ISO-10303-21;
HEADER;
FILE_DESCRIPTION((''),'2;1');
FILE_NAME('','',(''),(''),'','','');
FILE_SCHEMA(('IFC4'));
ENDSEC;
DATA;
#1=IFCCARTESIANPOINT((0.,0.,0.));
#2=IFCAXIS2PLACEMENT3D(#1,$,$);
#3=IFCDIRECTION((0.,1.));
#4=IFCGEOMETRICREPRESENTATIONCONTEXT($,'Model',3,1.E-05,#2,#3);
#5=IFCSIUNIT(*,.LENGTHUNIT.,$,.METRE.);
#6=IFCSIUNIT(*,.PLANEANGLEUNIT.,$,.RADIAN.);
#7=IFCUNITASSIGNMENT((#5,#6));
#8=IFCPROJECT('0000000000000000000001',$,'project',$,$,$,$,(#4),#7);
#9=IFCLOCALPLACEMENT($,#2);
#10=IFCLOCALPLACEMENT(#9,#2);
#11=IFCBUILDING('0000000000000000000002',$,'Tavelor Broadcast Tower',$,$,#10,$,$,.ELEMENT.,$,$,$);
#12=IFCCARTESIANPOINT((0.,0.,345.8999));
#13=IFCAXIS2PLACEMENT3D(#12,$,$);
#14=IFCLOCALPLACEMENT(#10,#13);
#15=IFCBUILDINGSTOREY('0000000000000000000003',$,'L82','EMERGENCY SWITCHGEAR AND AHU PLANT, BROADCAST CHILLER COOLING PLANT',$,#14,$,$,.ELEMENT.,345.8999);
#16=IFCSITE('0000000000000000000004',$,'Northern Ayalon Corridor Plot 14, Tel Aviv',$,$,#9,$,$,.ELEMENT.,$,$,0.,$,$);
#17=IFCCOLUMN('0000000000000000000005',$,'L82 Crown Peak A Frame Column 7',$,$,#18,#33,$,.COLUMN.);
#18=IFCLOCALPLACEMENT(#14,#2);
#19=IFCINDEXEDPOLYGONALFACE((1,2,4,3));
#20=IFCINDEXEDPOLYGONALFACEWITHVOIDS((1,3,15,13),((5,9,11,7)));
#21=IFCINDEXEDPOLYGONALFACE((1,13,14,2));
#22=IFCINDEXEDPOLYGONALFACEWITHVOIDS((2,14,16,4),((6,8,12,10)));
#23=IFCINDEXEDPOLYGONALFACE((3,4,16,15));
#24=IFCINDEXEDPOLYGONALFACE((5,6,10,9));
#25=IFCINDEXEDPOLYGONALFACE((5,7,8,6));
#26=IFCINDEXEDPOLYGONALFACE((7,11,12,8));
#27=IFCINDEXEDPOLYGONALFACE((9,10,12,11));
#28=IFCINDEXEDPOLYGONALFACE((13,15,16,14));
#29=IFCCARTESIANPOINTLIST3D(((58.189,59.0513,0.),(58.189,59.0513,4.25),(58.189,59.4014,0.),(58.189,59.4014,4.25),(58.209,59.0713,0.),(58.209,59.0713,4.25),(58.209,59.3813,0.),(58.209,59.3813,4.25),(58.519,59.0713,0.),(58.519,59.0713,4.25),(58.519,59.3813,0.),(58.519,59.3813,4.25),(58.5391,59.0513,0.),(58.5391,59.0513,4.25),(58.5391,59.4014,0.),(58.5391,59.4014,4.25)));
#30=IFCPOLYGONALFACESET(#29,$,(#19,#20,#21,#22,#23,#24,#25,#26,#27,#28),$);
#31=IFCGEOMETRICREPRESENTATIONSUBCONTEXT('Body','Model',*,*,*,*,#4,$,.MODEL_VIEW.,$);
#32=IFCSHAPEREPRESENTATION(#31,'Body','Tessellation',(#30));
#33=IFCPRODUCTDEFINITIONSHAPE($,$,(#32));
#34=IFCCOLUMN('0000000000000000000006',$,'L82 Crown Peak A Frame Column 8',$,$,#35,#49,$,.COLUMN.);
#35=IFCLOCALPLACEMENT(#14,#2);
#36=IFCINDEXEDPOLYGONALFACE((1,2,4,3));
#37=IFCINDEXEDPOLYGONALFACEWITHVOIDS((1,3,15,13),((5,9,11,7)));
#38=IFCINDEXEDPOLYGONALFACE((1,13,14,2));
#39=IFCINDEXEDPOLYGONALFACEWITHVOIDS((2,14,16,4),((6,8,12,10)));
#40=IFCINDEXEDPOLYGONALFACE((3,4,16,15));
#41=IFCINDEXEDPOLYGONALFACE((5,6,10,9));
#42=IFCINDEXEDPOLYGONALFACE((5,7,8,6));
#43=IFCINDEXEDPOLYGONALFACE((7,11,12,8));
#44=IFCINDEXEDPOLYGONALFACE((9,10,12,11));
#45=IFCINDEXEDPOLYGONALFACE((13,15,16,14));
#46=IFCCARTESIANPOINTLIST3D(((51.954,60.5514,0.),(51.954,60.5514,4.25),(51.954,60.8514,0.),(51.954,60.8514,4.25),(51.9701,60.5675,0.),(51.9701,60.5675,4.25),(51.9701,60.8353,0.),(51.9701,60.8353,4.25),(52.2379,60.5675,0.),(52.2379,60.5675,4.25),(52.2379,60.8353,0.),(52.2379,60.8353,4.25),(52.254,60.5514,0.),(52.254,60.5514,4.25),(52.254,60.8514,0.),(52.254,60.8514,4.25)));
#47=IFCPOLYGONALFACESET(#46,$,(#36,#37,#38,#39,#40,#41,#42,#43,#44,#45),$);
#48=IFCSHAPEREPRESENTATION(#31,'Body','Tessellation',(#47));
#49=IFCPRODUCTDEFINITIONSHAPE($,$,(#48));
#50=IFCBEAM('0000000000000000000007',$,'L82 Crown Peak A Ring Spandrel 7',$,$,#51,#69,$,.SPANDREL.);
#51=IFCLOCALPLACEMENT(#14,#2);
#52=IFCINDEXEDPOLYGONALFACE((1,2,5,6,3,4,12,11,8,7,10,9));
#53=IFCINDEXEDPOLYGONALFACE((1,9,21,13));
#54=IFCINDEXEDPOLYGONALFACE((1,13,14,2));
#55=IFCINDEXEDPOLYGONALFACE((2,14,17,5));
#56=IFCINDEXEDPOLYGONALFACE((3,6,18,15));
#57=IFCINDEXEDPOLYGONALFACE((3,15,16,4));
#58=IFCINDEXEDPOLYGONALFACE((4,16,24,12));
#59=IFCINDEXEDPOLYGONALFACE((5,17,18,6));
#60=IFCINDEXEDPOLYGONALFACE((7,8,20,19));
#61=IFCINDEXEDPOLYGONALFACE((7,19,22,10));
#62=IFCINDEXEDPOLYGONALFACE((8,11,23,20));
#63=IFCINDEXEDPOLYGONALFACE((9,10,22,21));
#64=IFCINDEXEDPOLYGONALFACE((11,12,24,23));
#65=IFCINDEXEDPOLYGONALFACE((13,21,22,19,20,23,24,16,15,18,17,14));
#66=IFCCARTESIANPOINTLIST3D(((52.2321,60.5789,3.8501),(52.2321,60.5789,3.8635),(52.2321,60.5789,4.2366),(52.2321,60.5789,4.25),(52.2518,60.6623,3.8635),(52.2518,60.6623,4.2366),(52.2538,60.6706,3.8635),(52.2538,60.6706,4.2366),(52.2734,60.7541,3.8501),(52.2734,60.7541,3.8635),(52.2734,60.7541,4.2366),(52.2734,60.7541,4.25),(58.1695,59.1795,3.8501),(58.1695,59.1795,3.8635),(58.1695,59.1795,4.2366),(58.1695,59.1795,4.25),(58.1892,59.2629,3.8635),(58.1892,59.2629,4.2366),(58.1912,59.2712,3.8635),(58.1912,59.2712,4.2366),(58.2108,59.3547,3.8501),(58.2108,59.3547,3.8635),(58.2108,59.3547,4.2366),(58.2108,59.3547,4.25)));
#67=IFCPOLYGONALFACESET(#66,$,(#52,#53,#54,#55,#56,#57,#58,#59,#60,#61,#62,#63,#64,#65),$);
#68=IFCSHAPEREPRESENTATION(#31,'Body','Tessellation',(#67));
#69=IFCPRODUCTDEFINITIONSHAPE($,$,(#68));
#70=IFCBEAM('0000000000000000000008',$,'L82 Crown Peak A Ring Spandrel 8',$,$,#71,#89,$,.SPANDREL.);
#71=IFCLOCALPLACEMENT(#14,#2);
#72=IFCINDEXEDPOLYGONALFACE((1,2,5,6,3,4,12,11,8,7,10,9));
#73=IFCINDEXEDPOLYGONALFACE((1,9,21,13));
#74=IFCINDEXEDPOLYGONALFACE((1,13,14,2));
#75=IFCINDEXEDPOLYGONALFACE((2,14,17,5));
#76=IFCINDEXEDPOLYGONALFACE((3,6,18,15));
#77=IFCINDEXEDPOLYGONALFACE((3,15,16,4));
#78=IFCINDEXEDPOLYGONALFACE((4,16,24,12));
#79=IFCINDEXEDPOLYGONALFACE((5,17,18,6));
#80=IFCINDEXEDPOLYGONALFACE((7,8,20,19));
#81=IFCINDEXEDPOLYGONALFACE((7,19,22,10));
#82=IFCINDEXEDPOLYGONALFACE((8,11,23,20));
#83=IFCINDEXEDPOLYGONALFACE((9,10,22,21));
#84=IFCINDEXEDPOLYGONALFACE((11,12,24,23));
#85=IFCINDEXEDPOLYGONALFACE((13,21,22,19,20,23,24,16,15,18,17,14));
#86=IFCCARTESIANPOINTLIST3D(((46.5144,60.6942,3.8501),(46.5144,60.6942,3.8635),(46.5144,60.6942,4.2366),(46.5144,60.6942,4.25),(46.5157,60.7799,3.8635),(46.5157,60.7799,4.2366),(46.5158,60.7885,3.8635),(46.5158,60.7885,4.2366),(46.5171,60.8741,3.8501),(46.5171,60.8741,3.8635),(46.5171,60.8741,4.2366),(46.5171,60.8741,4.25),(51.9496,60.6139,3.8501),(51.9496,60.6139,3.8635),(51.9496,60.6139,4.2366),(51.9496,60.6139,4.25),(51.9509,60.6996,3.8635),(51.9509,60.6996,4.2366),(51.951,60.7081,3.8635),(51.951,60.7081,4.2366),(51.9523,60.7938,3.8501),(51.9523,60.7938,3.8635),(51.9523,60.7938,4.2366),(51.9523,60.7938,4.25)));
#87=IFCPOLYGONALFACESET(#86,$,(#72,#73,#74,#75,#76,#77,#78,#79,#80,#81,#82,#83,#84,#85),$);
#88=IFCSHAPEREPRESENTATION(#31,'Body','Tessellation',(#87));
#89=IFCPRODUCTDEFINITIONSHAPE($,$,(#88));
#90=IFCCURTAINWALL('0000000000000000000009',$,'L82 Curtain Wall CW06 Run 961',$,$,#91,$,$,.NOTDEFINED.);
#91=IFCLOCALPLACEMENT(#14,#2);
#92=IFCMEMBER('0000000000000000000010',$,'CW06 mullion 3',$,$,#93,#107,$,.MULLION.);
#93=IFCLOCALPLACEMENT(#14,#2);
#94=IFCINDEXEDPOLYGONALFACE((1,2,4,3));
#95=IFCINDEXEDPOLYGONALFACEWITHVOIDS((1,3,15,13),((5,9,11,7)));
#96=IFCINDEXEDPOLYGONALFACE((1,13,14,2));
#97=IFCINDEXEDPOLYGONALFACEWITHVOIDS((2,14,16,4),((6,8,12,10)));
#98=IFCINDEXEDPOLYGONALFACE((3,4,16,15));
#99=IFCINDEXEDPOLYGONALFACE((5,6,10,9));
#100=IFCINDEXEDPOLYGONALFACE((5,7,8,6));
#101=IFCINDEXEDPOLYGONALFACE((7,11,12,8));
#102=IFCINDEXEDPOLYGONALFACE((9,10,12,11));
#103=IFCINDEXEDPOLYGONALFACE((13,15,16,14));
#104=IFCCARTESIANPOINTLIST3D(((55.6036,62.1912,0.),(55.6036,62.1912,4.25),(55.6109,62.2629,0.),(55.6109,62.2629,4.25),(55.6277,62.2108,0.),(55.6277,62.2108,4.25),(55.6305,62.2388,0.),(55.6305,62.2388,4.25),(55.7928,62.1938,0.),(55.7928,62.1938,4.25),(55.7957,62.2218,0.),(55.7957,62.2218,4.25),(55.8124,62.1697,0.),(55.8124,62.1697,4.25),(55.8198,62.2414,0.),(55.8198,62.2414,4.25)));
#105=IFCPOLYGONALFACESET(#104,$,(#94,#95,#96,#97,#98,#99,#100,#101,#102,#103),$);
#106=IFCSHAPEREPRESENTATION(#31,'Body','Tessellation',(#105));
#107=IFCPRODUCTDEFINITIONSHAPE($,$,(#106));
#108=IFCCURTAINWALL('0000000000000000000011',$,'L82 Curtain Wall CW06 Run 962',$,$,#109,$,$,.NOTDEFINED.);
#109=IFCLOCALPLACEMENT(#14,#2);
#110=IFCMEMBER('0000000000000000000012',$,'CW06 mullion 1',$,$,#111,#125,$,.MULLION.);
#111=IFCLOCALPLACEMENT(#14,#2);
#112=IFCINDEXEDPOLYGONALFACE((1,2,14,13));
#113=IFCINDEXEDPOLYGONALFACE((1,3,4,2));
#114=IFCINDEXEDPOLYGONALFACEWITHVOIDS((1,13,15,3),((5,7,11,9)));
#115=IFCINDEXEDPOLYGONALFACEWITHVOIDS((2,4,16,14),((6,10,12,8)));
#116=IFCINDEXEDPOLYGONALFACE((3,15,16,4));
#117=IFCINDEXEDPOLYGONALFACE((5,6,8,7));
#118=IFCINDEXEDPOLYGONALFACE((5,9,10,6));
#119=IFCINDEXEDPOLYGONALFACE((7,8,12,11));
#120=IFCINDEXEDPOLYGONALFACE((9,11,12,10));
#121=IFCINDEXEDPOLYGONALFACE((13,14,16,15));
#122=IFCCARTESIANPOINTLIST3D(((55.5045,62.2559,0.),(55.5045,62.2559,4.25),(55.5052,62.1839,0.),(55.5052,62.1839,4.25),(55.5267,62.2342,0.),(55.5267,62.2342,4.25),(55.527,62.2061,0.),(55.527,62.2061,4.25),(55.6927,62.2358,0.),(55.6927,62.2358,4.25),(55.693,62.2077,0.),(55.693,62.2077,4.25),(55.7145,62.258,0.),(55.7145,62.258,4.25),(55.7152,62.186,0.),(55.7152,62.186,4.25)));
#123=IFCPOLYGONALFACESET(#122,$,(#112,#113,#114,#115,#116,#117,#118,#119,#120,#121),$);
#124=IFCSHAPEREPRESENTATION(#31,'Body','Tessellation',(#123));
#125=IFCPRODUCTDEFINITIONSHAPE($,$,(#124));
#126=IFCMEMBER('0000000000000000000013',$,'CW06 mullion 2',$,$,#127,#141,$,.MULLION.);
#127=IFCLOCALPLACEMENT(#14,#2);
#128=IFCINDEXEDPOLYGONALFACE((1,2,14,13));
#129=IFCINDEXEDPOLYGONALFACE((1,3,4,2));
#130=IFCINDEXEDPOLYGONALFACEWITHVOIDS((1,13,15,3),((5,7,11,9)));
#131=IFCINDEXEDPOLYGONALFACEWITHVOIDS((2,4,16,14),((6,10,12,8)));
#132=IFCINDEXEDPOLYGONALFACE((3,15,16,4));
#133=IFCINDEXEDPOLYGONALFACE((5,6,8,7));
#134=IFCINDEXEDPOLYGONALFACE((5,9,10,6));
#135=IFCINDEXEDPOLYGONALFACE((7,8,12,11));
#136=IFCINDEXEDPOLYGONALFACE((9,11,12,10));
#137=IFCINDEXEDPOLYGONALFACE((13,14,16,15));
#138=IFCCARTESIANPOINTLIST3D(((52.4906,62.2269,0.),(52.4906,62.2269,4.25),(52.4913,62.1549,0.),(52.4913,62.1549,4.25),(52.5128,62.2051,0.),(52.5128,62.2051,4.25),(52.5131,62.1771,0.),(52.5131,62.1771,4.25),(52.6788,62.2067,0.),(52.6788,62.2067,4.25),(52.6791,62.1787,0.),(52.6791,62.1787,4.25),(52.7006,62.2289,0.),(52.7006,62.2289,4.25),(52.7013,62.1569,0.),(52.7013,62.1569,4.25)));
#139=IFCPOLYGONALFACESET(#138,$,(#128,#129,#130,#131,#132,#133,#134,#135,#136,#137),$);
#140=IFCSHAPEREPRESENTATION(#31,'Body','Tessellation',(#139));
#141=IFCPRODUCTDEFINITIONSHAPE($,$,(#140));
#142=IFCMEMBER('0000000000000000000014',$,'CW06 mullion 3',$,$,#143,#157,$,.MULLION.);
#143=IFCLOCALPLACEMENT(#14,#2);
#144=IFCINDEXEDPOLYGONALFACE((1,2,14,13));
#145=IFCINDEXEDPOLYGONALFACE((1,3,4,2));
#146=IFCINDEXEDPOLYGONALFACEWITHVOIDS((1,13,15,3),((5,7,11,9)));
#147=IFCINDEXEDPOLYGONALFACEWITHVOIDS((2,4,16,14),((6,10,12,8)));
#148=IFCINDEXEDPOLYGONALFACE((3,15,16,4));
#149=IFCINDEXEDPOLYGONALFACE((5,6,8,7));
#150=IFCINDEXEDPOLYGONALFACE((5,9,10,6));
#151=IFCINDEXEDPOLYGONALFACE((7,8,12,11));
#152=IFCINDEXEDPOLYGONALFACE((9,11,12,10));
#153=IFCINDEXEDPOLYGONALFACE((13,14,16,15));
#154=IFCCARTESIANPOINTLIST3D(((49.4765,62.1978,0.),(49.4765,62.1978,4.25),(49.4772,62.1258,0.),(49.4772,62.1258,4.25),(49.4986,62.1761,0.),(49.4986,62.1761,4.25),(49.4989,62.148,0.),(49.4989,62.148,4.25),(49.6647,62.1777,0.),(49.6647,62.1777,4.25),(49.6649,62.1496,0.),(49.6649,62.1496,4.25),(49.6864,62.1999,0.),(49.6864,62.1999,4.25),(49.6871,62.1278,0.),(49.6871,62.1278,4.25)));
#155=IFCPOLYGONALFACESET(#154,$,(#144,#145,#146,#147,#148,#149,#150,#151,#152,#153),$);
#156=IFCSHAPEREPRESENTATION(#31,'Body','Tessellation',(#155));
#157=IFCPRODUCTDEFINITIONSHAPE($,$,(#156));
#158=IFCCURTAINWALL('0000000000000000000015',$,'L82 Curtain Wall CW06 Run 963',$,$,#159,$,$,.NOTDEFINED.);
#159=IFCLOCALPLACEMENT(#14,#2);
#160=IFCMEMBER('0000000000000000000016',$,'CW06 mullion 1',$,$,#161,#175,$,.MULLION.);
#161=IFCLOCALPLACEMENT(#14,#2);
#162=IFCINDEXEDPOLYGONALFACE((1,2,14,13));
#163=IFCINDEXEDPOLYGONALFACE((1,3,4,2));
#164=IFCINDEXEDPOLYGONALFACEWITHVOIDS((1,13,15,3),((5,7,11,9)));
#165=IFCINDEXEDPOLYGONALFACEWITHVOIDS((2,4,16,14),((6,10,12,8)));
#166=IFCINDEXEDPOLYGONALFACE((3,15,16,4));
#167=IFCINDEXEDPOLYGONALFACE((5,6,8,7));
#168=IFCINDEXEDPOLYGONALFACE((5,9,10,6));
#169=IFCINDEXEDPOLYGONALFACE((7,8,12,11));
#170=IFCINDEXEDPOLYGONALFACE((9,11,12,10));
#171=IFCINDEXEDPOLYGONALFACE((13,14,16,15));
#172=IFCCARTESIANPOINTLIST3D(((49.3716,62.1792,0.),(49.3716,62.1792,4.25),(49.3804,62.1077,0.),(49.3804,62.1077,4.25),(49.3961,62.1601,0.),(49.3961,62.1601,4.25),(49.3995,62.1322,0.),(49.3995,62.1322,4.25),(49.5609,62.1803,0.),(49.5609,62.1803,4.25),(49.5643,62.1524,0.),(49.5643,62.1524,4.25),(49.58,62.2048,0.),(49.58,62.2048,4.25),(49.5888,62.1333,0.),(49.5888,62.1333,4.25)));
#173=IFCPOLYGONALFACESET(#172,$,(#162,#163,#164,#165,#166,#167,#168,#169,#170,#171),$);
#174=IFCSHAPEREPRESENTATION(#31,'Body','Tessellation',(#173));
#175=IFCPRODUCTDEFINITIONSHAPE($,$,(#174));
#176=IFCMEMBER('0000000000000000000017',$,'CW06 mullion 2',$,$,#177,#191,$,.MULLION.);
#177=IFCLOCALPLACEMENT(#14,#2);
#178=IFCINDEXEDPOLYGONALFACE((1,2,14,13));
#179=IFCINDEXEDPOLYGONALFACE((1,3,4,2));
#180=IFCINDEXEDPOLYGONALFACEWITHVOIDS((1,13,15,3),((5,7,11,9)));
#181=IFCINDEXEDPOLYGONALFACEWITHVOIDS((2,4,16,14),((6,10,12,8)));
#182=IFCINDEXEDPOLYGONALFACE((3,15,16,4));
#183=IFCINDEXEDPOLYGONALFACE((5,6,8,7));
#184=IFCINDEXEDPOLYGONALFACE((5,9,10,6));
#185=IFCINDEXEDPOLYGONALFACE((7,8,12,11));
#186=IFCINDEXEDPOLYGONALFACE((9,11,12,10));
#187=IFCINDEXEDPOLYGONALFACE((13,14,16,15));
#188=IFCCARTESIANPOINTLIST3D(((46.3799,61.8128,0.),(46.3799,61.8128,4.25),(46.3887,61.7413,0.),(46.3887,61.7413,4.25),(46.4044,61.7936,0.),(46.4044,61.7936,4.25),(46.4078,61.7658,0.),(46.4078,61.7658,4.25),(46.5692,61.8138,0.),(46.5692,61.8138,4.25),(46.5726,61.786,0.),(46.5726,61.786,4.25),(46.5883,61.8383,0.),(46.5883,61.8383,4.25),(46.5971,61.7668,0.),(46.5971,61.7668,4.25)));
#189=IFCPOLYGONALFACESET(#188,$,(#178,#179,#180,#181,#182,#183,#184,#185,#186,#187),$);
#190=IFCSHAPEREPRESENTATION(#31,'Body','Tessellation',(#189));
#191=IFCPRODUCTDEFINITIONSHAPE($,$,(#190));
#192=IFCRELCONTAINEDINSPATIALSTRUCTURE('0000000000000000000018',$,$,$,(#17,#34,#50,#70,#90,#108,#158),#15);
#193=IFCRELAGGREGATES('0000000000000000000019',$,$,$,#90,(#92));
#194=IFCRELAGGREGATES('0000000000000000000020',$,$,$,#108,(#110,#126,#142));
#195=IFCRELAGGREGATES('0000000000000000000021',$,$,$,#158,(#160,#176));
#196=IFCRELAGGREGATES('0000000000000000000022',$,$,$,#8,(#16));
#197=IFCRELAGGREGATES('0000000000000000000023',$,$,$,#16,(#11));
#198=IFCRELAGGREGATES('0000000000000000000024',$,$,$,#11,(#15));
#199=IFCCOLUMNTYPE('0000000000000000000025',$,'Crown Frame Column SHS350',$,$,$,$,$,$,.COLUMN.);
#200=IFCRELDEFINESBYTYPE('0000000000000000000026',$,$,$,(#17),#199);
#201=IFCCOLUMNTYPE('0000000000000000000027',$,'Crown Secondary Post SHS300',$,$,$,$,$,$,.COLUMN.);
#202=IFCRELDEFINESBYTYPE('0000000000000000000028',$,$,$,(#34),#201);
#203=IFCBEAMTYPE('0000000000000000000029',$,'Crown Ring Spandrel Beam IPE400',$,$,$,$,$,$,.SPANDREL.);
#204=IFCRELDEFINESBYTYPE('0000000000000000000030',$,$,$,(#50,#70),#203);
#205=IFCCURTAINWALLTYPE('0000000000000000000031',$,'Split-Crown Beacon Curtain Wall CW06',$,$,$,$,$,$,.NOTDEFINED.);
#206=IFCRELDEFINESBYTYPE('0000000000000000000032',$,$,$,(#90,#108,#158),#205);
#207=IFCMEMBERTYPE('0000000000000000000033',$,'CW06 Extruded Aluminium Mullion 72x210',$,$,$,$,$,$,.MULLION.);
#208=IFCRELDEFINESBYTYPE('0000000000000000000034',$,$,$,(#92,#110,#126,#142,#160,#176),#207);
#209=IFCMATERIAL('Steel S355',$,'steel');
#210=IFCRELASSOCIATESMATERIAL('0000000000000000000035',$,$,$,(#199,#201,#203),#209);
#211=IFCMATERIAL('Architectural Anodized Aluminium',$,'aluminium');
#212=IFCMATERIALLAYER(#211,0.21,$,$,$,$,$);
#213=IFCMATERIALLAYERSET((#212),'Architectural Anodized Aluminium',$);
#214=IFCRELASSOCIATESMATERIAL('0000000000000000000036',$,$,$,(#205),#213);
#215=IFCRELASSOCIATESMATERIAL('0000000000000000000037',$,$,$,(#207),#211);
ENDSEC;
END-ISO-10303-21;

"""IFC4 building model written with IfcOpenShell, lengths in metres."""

from ifc_helpers import new_model, si_unit, direction, frame, origin, origin_2d, place, context, subcontext, project, spatial, hollow_rectangle, i_section, extrude, source, transform, mapped, material, layer, layer_set, material_profile, profile_set, type_object, type_shapes, element, aggregate, save


model = new_model("IFC4")

# Units and contexts
model_context = context("Model", 3, precision=1e-05, world=origin(), true_north=direction((0.0, 1.0)))
body_context = subcontext(model_context, "Body", "Model", "MODEL_VIEW")
ifc_project = project(units=[si_unit("LENGTHUNIT", "METRE"), si_unit("PLANEANGLEUNIT", "RADIAN")], contexts=[model_context])

# Site, building, storey
site_placement = place(None, origin())
site = spatial("IfcSite", under=ifc_project, at=site_placement, Name="Northern Ayalon Corridor Plot 14, Tel Aviv", CompositionType="ELEMENT", RefElevation=0.0)
building_placement = place(site_placement, origin())
building = spatial("IfcBuilding", under=site, at=building_placement, Name="Tavelor Broadcast Tower", CompositionType="ELEMENT")
storey_placement = place(building_placement, frame((0.0, 0.0, 345.8999)))
storey = spatial("IfcBuildingStorey", under=building, at=storey_placement, Name="L82", Description="EMERGENCY SWITCHGEAR AND AHU PLANT, BROADCAST CHILLER COOLING PLANT", CompositionType="ELEMENT", Elevation=345.8999)

# Columns
ifc_material_1 = material(Name="Steel S355", Category="steel")
ifc_material_profile_1 = material_profile(ifc_material_1, hollow_rectangle(XDim=0.3501, YDim=0.3501, WallThickness=0.02, at=origin_2d()), Name="SHS 350x350x20")
ifc_profile_set_1 = profile_set([ifc_material_profile_1], Name="Steel S355")
column_type_1 = type_object("IfcColumnType", Name="Crown Frame Column SHS350", PredefinedType="COLUMN", material=ifc_profile_set_1)
column_1_placement = place(storey_placement, frame((58.364, 59.2263, 0.0), z_axis=(0.0, 0.0, 1.0), x_axis=(1.0, 0.0, 0.0)))
element("IfcColumn", 1, at=column_1_placement, inside=storey, type_object=column_type_1, Name="L82 Crown Peak A Frame Column 7", PredefinedType="COLUMN", context=body_context, shape_type="SweptSolid", body=[
    extrude(hollow_rectangle(XDim=0.3501, YDim=0.3501, WallThickness=0.02, at=origin_2d()), origin(), (0.0, 0.0, 1.0), 4.25),
])
ifc_material_profile_2 = material_profile(ifc_material_1, hollow_rectangle(XDim=0.3, YDim=0.3, WallThickness=0.0161, at=origin_2d()), Name="SHS 300x300x16")
ifc_profile_set_2 = profile_set([ifc_material_profile_2], Name="Steel S355")
column_type_2 = type_object("IfcColumnType", Name="Crown Secondary Post SHS300", PredefinedType="COLUMN", material=ifc_profile_set_2)
column_2_placement = place(storey_placement, frame((52.104, 60.7014, 0.0), z_axis=(0.0, 0.0, 1.0), x_axis=(1.0, 0.0, 0.0)))
element("IfcColumn", 2, at=column_2_placement, inside=storey, type_object=column_type_2, Name="L82 Crown Peak A Frame Column 8", PredefinedType="COLUMN", context=body_context, shape_type="SweptSolid", body=[
    extrude(hollow_rectangle(XDim=0.3, YDim=0.3, WallThickness=0.0161, at=origin_2d()), origin(), (0.0, 0.0, 1.0), 4.25),
])

# Beams
ifc_material_profile_3 = material_profile(ifc_material_1, i_section(OverallWidth=0.1799, OverallDepth=0.3999, WebThickness=0.0085, FlangeThickness=0.0134, at=origin_2d()), Name="IPE 400")
ifc_profile_set_3 = profile_set([ifc_material_profile_3], Name="Steel S355")
beam_type = type_object("IfcBeamType", Name="Crown Ring Spandrel Beam IPE400", PredefinedType="SPANDREL", material=ifc_profile_set_3)
beam_1_placement = place(storey_placement, frame((58.1902, 59.2671, 4.05), z_axis=(-0.973331, 0.229405, 0.0), x_axis=(-0.229405, -0.973331, 0.0)))
element("IfcBeam", 3, at=beam_1_placement, inside=storey, type_object=beam_type, Name="L82 Crown Peak A Ring Spandrel 7", PredefinedType="SPANDREL", context=body_context, shape_type="SweptSolid", body=[
    extrude(i_section(OverallWidth=0.1799, OverallDepth=0.3999, WebThickness=0.0085, FlangeThickness=0.0134, at=origin_2d()), origin(), (0.0, 0.0, 1.0), 6.1001),
])
beam_2_placement = place(storey_placement, frame((51.9509, 60.7039, 4.05), z_axis=(-0.999891, 0.014776, 0.0), x_axis=(-0.014776, -0.999891, 0.0)))
element("IfcBeam", 4, at=beam_2_placement, inside=storey, type_object=beam_type, Name="L82 Crown Peak A Ring Spandrel 8", PredefinedType="SPANDREL", context=body_context, shape_type="SweptSolid", body=[
    extrude(i_section(OverallWidth=0.1799, OverallDepth=0.3999, WebThickness=0.0085, FlangeThickness=0.0134, at=origin_2d()), origin(), (0.0, 0.0, 1.0), 5.4358),
])

# Curtain wall, member
ifc_material_2 = material(Name="Architectural Anodized Aluminium", Category="aluminium")
ifc_layer_1 = layer(ifc_material_2, 0.21)
ifc_layer_set_1 = layer_set([ifc_layer_1], Name="Architectural Anodized Aluminium")
curtain_wall_type = type_object("IfcCurtainWallType", Name="Split-Crown Beacon Curtain Wall CW06", PredefinedType="NOTDEFINED", material=ifc_layer_set_1)
curtain_wall_1_placement = place(storey_placement, origin())
curtain_wall_1 = element("IfcCurtainWall", 5, at=curtain_wall_1_placement, inside=storey, type_object=curtain_wall_type, Name="L82 Curtain Wall CW06 Run 961", PredefinedType="NOTDEFINED")
ifc_material_profile_4 = material_profile(ifc_material_2, hollow_rectangle(XDim=0.072, YDim=0.21, WallThickness=0.022, at=origin_2d()), Name="RHS 72x210x22")
ifc_profile_set_4 = profile_set([ifc_material_profile_4], Name="Architectural Anodized Aluminium")
member_type_1 = type_object("IfcMemberType", Name="CW06 Extruded Aluminium Mullion 72x210", PredefinedType="MULLION", material=ifc_profile_set_4)
shared_shape_1 = source(origin(), body_context, "Body", "SweptSolid", [
    extrude(hollow_rectangle(XDim=0.072, YDim=0.21, WallThickness=0.022, at=origin_2d()), origin(), (0.0, 0.0, 1.0), 4.25),
])
type_shapes(member_type_1, [shared_shape_1])
member_1_placement = place(storey_placement, frame((55.7117, 62.2163, 0.0), z_axis=(0.0, 0.0, 1.0), x_axis=(-0.102461, -0.994737, 0.0)))
member_1 = element("IfcMember", 6, at=member_1_placement, type_object=member_type_1, Name="CW06 mullion 3", PredefinedType="MULLION", context=body_context, shape_type="MappedRepresentation", body=[
    mapped(shared_shape_1, transform((0.0, 0.0, 0.0), scale=1.0)),
])

# Curtain walls, members
curtain_wall_2_placement = place(storey_placement, origin())
curtain_wall_2 = element("IfcCurtainWall", 7, at=curtain_wall_2_placement, inside=storey, type_object=curtain_wall_type, Name="L82 Curtain Wall CW06 Run 962", PredefinedType="NOTDEFINED")
member_2_placement = place(storey_placement, frame((55.6099, 62.2209, 0.0), z_axis=(0.0, 0.0, 1.0), x_axis=(0.009639, -0.999954, 0.0)))
member_2 = element("IfcMember", 8, at=member_2_placement, type_object=member_type_1, Name="CW06 mullion 1", PredefinedType="MULLION", context=body_context, shape_type="MappedRepresentation", body=[
    mapped(shared_shape_1, transform((0.0, 0.0, 0.0), scale=1.0)),
])
member_3_placement = place(storey_placement, frame((52.5959, 62.1919, 0.0), z_axis=(0.0, 0.0, 1.0), x_axis=(0.009639, -0.999954, 0.0)))
member_3 = element("IfcMember", 9, at=member_3_placement, type_object=member_type_1, Name="CW06 mullion 2", PredefinedType="MULLION", context=body_context, shape_type="MappedRepresentation", body=[
    mapped(shared_shape_1, transform((0.0, 0.0, 0.0), scale=1.0)),
])
member_4_placement = place(storey_placement, frame((49.5818, 62.1628, 0.0), z_axis=(0.0, 0.0, 1.0), x_axis=(0.009639, -0.999954, 0.0)))
member_4 = element("IfcMember", 10, at=member_4_placement, type_object=member_type_1, Name="CW06 mullion 3", PredefinedType="MULLION", context=body_context, shape_type="MappedRepresentation", body=[
    mapped(shared_shape_1, transform((0.0, 0.0, 0.0), scale=1.0)),
])
curtain_wall_3_placement = place(storey_placement, origin())
curtain_wall_3 = element("IfcCurtainWall", 11, at=curtain_wall_3_placement, inside=storey, type_object=curtain_wall_type, Name="L82 Curtain Wall CW06 Run 963", PredefinedType="NOTDEFINED")
member_5_placement = place(storey_placement, frame((49.4802, 62.1562, 0.0), z_axis=(0.0, 0.0, 1.0), x_axis=(0.121601, -0.992579, 0.0)))
member_5 = element("IfcMember", 12, at=member_5_placement, type_object=member_type_1, Name="CW06 mullion 1", PredefinedType="MULLION", context=body_context, shape_type="MappedRepresentation", body=[
    mapped(shared_shape_1, transform((0.0, 0.0, 0.0), scale=1.0)),
])
member_6_placement = place(storey_placement, frame((46.4885, 61.7898, 0.0), z_axis=(0.0, 0.0, 1.0), x_axis=(0.121601, -0.992579, 0.0)))
member_6 = element("IfcMember", 13, at=member_6_placement, type_object=member_type_1, Name="CW06 mullion 2", PredefinedType="MULLION", context=body_context, shape_type="MappedRepresentation", body=[
    mapped(shared_shape_1, transform((0.0, 0.0, 0.0), scale=1.0)),
])

aggregate(curtain_wall_1, [member_1])
aggregate(curtain_wall_2, [member_2, member_3, member_4])
aggregate(curtain_wall_3, [member_5, member_6])

save(model, "model.ifc")
